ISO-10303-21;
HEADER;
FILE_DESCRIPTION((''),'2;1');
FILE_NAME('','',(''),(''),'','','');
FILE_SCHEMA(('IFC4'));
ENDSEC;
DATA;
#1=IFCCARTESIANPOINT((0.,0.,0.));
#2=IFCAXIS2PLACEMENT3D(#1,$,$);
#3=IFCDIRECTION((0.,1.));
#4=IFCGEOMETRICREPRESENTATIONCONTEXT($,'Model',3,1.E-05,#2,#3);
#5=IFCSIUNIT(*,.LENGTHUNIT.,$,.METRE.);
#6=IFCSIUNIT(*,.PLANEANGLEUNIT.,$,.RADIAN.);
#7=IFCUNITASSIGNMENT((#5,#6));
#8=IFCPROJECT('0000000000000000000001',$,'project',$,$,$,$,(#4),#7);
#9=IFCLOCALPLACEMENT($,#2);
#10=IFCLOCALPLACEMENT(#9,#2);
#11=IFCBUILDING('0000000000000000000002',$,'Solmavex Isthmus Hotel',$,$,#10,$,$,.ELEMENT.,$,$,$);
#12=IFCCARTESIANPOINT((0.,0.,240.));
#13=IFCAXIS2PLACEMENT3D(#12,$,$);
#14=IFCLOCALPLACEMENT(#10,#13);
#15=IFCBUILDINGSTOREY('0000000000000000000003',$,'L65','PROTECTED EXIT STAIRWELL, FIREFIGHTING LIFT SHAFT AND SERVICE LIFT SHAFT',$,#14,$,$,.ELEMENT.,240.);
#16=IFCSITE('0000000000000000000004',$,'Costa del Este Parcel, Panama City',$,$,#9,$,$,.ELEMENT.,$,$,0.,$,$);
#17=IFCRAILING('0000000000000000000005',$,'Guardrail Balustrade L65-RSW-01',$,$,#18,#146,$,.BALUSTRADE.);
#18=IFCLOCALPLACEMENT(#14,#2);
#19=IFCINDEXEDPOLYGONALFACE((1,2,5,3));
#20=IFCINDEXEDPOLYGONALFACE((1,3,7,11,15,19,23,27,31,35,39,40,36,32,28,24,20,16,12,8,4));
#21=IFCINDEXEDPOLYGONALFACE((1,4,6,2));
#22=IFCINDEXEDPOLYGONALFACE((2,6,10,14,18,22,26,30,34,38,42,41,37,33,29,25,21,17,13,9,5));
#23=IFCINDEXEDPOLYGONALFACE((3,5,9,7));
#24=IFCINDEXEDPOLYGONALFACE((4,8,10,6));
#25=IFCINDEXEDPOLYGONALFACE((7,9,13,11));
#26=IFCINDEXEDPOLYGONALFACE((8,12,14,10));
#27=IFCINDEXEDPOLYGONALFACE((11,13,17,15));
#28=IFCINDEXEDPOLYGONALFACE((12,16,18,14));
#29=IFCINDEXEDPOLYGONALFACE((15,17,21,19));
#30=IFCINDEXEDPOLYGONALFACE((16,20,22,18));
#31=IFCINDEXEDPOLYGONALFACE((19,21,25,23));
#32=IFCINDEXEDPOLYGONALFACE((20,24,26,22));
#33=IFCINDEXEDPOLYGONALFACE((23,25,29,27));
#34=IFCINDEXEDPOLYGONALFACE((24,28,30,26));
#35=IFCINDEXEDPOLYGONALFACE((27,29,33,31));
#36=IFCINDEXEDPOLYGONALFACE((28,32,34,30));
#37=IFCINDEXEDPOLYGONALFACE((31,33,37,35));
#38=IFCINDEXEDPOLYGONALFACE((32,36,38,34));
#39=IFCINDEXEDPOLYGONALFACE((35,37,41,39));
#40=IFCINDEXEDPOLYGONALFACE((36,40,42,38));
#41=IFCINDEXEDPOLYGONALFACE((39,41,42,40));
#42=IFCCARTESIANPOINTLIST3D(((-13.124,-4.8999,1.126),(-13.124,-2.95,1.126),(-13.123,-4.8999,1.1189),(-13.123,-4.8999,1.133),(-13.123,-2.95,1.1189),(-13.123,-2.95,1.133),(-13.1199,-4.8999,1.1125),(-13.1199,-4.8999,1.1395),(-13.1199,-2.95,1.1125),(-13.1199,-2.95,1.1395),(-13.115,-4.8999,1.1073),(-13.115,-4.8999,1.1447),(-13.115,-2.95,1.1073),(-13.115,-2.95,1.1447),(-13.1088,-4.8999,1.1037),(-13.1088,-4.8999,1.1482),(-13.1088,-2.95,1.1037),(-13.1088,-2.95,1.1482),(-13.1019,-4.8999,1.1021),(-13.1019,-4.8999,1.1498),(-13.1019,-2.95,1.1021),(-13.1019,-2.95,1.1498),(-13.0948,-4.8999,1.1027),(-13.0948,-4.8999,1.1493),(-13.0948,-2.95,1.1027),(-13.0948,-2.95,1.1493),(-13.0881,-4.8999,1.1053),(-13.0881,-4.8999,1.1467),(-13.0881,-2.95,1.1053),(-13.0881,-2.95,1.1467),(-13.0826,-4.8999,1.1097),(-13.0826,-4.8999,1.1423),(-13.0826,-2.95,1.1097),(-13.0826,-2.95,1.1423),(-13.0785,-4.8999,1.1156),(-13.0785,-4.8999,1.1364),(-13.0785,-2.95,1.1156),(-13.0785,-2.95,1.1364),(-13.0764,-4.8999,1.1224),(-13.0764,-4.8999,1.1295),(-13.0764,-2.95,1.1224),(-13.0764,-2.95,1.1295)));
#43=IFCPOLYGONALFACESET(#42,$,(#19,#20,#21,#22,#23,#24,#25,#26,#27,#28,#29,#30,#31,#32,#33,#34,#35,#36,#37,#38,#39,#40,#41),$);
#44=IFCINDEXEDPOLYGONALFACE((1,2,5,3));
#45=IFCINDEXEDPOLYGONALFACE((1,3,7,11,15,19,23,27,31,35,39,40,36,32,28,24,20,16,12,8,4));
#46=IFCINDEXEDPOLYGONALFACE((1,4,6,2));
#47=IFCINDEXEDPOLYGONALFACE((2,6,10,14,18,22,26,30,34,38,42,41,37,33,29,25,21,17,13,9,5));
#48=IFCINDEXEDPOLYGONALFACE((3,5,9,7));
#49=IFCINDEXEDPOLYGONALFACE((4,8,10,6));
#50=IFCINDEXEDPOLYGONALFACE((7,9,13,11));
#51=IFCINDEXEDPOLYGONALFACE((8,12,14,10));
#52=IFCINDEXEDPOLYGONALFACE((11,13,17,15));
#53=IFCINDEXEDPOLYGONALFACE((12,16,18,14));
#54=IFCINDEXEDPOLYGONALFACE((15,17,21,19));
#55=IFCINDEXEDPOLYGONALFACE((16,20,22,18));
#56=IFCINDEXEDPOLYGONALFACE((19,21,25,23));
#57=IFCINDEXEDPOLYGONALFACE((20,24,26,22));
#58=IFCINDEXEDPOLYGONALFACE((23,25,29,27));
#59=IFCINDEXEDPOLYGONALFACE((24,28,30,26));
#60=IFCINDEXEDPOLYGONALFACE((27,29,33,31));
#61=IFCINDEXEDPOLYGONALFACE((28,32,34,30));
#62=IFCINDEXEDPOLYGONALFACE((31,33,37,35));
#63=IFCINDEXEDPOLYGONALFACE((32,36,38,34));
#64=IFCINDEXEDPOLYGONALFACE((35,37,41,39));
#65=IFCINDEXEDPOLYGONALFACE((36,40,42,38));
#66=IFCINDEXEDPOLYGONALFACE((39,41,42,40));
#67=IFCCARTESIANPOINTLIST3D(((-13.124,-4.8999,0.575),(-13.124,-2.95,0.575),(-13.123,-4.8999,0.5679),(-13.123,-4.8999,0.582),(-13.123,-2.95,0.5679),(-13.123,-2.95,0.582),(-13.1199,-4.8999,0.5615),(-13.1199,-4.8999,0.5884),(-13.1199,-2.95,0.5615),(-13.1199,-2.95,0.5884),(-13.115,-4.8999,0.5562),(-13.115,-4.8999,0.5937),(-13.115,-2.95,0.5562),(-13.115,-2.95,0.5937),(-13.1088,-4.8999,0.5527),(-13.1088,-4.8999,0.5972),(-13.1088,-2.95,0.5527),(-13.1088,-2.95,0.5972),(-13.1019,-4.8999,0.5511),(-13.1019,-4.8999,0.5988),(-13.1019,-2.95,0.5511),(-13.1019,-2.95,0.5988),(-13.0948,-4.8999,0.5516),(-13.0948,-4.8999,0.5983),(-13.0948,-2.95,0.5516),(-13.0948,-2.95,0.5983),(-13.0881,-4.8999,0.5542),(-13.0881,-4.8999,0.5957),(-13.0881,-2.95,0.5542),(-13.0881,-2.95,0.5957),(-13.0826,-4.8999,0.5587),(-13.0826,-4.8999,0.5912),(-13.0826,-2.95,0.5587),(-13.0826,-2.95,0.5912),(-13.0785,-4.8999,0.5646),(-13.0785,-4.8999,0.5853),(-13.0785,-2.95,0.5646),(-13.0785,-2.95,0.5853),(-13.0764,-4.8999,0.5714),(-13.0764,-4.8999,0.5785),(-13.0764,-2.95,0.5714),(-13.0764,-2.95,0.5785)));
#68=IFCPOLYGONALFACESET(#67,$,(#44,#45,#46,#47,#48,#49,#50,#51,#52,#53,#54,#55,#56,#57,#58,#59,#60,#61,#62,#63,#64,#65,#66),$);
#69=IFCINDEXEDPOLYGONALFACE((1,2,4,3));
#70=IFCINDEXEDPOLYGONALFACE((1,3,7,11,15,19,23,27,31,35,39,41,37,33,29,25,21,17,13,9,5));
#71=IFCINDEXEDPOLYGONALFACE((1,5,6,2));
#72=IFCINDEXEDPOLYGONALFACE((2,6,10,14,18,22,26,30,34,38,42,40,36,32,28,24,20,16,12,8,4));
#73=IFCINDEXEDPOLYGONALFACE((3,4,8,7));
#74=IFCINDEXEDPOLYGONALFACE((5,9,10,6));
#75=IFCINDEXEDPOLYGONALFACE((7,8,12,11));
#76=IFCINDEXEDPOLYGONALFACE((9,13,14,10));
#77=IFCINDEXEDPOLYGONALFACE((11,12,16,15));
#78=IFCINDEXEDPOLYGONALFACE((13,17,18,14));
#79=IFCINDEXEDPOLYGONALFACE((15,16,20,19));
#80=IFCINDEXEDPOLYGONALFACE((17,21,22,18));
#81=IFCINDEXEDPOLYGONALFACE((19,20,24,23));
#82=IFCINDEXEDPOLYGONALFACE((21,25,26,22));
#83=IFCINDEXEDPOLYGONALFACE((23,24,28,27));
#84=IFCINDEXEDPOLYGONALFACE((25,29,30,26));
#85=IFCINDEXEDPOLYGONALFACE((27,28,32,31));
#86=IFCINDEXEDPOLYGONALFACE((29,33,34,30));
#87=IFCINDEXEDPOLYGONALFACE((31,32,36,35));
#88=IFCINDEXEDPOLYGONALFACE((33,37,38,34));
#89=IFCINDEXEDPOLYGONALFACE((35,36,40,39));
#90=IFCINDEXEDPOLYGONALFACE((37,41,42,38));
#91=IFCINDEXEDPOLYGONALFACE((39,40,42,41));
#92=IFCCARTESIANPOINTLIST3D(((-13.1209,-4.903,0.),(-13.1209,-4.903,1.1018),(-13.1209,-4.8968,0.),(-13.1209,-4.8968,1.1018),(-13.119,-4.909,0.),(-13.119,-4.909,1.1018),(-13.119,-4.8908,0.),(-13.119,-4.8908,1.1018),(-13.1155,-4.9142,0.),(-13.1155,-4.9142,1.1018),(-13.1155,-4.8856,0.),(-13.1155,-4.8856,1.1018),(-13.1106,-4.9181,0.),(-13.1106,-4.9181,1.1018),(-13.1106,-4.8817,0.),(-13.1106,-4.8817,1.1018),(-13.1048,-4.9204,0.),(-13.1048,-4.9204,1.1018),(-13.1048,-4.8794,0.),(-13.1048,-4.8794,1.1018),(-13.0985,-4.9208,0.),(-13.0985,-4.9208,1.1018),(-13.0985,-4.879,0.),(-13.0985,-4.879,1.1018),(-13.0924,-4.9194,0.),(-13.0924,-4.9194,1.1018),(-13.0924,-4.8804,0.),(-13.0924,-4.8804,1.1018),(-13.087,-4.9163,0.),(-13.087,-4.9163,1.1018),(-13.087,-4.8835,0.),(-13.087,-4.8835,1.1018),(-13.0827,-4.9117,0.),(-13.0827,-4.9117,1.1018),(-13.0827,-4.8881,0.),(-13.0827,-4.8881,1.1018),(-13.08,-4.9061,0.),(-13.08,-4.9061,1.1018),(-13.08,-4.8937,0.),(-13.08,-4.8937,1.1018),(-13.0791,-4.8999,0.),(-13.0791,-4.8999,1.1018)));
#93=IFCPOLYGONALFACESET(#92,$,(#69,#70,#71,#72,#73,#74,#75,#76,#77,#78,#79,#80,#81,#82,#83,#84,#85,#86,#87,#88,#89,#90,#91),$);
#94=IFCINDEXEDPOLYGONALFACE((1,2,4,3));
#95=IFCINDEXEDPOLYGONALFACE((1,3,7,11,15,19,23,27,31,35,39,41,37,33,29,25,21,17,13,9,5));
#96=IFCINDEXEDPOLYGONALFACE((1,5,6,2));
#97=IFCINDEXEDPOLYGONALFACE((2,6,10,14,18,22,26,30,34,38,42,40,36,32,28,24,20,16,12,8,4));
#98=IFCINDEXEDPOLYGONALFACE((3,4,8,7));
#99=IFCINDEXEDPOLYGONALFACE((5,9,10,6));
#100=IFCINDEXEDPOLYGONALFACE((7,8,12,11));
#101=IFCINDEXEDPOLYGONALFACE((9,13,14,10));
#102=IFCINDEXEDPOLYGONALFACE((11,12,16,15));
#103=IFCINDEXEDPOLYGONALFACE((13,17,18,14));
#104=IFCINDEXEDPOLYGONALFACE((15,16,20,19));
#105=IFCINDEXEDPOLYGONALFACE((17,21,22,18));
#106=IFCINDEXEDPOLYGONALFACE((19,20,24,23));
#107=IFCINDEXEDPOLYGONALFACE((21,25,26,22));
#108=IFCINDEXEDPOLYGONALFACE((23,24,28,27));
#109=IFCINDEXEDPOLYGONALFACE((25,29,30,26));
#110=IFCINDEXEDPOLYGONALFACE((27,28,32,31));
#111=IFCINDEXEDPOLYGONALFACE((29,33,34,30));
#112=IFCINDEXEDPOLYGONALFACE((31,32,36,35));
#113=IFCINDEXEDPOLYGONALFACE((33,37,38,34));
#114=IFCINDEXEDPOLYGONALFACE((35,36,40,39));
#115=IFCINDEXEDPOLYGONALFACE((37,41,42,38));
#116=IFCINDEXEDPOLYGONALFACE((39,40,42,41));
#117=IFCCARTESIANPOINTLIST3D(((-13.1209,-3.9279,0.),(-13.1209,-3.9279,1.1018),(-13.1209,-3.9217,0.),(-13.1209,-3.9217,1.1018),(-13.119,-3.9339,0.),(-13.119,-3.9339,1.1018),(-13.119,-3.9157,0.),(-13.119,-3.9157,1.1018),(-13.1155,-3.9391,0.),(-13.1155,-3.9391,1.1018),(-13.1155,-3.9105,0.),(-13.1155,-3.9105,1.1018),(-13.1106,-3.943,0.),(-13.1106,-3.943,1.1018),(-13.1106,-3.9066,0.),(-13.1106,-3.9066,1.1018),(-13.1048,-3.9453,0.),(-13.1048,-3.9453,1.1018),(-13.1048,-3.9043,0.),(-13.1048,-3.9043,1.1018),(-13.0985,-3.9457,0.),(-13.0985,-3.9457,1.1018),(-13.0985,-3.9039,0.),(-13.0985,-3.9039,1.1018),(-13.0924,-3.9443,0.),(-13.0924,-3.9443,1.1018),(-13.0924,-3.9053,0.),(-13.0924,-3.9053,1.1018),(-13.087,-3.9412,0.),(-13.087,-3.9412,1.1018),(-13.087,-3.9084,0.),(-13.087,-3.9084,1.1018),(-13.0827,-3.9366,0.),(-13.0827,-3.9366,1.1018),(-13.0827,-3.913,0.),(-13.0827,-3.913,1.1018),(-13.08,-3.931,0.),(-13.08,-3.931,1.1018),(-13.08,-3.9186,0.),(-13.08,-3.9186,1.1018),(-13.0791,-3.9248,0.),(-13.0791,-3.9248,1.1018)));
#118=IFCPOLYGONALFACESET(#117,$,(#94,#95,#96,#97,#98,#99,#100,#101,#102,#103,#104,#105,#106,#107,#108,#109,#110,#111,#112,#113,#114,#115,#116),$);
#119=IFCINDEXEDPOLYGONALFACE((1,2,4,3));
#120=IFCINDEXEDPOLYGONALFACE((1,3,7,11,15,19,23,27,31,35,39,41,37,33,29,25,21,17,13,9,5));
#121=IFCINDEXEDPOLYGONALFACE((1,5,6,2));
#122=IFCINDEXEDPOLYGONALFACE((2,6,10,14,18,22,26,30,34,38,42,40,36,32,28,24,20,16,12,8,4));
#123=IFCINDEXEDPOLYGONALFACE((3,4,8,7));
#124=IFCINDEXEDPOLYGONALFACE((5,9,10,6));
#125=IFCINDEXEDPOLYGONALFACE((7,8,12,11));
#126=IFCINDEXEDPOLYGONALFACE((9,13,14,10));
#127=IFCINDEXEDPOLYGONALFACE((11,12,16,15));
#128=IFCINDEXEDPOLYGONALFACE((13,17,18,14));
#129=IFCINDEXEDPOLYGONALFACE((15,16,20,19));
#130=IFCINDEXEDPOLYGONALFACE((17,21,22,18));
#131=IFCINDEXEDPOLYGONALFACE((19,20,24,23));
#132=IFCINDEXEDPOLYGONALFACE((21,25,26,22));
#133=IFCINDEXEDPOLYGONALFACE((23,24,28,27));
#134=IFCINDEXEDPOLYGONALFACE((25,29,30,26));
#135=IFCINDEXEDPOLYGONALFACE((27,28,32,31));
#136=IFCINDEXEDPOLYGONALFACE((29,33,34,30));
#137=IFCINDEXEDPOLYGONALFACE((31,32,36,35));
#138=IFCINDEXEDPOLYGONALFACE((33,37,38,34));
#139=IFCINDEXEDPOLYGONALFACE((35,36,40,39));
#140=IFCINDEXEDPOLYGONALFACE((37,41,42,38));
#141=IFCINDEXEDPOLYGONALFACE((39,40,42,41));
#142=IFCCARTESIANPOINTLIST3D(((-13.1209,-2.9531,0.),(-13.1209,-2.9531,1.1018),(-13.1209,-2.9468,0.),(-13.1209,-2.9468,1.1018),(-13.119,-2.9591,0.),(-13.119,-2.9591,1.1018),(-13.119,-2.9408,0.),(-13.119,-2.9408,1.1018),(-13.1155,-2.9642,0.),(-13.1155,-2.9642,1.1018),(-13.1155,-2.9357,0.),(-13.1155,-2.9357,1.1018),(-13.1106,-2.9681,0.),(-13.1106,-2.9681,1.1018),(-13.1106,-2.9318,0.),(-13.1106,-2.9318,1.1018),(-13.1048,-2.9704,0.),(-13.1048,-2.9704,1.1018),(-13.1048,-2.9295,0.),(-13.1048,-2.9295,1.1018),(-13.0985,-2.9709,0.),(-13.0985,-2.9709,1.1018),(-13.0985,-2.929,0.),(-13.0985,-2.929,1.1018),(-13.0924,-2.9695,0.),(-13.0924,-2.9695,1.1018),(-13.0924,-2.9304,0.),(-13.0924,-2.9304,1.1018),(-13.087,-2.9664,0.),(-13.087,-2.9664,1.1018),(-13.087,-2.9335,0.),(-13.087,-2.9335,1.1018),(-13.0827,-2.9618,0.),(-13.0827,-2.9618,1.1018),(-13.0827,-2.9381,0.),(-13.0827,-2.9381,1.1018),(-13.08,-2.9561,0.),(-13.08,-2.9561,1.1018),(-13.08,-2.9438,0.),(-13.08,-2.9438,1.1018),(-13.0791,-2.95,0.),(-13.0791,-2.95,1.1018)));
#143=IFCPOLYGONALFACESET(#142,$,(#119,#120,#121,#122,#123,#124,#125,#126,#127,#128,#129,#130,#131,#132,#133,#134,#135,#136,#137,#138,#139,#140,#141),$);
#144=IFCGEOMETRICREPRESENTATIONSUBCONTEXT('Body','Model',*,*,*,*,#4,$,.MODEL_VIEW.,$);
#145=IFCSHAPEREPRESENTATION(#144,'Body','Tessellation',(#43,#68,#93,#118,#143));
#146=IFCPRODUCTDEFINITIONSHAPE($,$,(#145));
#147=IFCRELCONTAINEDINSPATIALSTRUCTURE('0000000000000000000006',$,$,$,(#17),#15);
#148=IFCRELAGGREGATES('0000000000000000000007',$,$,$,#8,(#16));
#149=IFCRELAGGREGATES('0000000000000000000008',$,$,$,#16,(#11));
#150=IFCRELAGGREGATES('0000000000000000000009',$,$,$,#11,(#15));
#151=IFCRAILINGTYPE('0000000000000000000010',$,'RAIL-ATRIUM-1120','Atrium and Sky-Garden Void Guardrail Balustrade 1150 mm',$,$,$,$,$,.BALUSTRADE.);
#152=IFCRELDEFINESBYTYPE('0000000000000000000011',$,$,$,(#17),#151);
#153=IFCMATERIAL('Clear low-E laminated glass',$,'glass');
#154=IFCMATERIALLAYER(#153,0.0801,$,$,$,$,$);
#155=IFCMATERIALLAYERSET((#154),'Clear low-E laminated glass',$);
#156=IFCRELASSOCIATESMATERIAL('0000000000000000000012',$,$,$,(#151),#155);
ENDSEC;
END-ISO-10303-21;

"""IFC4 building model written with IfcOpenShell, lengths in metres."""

from ifc_helpers import new_model, si_unit, direction, frame, origin, origin_2d, place, context, subcontext, project, spatial, circle, extrude, material, layer, layer_set, type_object, element, save


model = new_model("IFC4")

# Units and contexts
model_context = context("Model", 3, precision=1e-05, world=origin(), true_north=direction((0.0, 1.0)))
body_context = subcontext(model_context, "Body", "Model", "MODEL_VIEW")
ifc_project = project(units=[si_unit("LENGTHUNIT", "METRE"), si_unit("PLANEANGLEUNIT", "RADIAN")], contexts=[model_context])

# Site, building, storey
site_placement = place(None, origin())
site = spatial("IfcSite", under=ifc_project, at=site_placement, Name="Costa del Este Parcel, Panama City", CompositionType="ELEMENT", RefElevation=0.0)
building_placement = place(site_placement, origin())
building = spatial("IfcBuilding", under=site, at=building_placement, Name="Solmavex Isthmus Hotel", CompositionType="ELEMENT")
storey_placement = place(building_placement, frame((0.0, 0.0, 240.0)))
storey = spatial("IfcBuildingStorey", under=building, at=storey_placement, Name="L65", Description="PROTECTED EXIT STAIRWELL, FIREFIGHTING LIFT SHAFT AND SERVICE LIFT SHAFT", CompositionType="ELEMENT", Elevation=240.0)

# Railing
ifc_material_1 = material(Name="Clear low-E laminated glass", Category="glass")
ifc_layer_1 = layer(ifc_material_1, 0.0801)
ifc_layer_set_1 = layer_set([ifc_layer_1], Name="Clear low-E laminated glass")
railing_type_1 = type_object("IfcRailingType", Name="RAIL-ATRIUM-1120", Description="Atrium and Sky-Garden Void Guardrail Balustrade 1150 mm", PredefinedType="BALUSTRADE", material=ifc_layer_set_1)
railing_1_placement = place(storey_placement, frame((-13.1001, -4.8999, 0.0)))
element("IfcRailing", 1, at=railing_1_placement, inside=storey, type_object=railing_type_1, Name="Guardrail Balustrade L65-RSW-01", PredefinedType="BALUSTRADE", context=body_context, shape_type="SweptSolid", body=[
    extrude(circle(Radius=0.0239, at=origin_2d()), frame((0.0, 0.0, 1.126), z_axis=(0.0, 1.0, 0.0), x_axis=(-1.0, 0.0, 0.0)), (0.0, 0.0, 1.0), 1.95),
    extrude(circle(Radius=0.0239, at=origin_2d()), frame((0.0, 0.0, 0.575), z_axis=(0.0, 1.0, 0.0), x_axis=(-1.0, 0.0, 0.0)), (0.0, 0.0, 1.0), 1.95),
    extrude(circle(Radius=0.021, at=origin_2d()), origin(), (0.0, 0.0, 1.0), 1.1018),
    extrude(circle(Radius=0.021, at=origin_2d()), frame((0.0, 0.9751, 0.0)), (0.0, 0.0, 1.0), 1.1018),
    extrude(circle(Radius=0.021, at=origin_2d()), frame((0.0, 1.95, 0.0)), (0.0, 0.0, 1.0), 1.1018),
])

save(model, "model.ifc")
